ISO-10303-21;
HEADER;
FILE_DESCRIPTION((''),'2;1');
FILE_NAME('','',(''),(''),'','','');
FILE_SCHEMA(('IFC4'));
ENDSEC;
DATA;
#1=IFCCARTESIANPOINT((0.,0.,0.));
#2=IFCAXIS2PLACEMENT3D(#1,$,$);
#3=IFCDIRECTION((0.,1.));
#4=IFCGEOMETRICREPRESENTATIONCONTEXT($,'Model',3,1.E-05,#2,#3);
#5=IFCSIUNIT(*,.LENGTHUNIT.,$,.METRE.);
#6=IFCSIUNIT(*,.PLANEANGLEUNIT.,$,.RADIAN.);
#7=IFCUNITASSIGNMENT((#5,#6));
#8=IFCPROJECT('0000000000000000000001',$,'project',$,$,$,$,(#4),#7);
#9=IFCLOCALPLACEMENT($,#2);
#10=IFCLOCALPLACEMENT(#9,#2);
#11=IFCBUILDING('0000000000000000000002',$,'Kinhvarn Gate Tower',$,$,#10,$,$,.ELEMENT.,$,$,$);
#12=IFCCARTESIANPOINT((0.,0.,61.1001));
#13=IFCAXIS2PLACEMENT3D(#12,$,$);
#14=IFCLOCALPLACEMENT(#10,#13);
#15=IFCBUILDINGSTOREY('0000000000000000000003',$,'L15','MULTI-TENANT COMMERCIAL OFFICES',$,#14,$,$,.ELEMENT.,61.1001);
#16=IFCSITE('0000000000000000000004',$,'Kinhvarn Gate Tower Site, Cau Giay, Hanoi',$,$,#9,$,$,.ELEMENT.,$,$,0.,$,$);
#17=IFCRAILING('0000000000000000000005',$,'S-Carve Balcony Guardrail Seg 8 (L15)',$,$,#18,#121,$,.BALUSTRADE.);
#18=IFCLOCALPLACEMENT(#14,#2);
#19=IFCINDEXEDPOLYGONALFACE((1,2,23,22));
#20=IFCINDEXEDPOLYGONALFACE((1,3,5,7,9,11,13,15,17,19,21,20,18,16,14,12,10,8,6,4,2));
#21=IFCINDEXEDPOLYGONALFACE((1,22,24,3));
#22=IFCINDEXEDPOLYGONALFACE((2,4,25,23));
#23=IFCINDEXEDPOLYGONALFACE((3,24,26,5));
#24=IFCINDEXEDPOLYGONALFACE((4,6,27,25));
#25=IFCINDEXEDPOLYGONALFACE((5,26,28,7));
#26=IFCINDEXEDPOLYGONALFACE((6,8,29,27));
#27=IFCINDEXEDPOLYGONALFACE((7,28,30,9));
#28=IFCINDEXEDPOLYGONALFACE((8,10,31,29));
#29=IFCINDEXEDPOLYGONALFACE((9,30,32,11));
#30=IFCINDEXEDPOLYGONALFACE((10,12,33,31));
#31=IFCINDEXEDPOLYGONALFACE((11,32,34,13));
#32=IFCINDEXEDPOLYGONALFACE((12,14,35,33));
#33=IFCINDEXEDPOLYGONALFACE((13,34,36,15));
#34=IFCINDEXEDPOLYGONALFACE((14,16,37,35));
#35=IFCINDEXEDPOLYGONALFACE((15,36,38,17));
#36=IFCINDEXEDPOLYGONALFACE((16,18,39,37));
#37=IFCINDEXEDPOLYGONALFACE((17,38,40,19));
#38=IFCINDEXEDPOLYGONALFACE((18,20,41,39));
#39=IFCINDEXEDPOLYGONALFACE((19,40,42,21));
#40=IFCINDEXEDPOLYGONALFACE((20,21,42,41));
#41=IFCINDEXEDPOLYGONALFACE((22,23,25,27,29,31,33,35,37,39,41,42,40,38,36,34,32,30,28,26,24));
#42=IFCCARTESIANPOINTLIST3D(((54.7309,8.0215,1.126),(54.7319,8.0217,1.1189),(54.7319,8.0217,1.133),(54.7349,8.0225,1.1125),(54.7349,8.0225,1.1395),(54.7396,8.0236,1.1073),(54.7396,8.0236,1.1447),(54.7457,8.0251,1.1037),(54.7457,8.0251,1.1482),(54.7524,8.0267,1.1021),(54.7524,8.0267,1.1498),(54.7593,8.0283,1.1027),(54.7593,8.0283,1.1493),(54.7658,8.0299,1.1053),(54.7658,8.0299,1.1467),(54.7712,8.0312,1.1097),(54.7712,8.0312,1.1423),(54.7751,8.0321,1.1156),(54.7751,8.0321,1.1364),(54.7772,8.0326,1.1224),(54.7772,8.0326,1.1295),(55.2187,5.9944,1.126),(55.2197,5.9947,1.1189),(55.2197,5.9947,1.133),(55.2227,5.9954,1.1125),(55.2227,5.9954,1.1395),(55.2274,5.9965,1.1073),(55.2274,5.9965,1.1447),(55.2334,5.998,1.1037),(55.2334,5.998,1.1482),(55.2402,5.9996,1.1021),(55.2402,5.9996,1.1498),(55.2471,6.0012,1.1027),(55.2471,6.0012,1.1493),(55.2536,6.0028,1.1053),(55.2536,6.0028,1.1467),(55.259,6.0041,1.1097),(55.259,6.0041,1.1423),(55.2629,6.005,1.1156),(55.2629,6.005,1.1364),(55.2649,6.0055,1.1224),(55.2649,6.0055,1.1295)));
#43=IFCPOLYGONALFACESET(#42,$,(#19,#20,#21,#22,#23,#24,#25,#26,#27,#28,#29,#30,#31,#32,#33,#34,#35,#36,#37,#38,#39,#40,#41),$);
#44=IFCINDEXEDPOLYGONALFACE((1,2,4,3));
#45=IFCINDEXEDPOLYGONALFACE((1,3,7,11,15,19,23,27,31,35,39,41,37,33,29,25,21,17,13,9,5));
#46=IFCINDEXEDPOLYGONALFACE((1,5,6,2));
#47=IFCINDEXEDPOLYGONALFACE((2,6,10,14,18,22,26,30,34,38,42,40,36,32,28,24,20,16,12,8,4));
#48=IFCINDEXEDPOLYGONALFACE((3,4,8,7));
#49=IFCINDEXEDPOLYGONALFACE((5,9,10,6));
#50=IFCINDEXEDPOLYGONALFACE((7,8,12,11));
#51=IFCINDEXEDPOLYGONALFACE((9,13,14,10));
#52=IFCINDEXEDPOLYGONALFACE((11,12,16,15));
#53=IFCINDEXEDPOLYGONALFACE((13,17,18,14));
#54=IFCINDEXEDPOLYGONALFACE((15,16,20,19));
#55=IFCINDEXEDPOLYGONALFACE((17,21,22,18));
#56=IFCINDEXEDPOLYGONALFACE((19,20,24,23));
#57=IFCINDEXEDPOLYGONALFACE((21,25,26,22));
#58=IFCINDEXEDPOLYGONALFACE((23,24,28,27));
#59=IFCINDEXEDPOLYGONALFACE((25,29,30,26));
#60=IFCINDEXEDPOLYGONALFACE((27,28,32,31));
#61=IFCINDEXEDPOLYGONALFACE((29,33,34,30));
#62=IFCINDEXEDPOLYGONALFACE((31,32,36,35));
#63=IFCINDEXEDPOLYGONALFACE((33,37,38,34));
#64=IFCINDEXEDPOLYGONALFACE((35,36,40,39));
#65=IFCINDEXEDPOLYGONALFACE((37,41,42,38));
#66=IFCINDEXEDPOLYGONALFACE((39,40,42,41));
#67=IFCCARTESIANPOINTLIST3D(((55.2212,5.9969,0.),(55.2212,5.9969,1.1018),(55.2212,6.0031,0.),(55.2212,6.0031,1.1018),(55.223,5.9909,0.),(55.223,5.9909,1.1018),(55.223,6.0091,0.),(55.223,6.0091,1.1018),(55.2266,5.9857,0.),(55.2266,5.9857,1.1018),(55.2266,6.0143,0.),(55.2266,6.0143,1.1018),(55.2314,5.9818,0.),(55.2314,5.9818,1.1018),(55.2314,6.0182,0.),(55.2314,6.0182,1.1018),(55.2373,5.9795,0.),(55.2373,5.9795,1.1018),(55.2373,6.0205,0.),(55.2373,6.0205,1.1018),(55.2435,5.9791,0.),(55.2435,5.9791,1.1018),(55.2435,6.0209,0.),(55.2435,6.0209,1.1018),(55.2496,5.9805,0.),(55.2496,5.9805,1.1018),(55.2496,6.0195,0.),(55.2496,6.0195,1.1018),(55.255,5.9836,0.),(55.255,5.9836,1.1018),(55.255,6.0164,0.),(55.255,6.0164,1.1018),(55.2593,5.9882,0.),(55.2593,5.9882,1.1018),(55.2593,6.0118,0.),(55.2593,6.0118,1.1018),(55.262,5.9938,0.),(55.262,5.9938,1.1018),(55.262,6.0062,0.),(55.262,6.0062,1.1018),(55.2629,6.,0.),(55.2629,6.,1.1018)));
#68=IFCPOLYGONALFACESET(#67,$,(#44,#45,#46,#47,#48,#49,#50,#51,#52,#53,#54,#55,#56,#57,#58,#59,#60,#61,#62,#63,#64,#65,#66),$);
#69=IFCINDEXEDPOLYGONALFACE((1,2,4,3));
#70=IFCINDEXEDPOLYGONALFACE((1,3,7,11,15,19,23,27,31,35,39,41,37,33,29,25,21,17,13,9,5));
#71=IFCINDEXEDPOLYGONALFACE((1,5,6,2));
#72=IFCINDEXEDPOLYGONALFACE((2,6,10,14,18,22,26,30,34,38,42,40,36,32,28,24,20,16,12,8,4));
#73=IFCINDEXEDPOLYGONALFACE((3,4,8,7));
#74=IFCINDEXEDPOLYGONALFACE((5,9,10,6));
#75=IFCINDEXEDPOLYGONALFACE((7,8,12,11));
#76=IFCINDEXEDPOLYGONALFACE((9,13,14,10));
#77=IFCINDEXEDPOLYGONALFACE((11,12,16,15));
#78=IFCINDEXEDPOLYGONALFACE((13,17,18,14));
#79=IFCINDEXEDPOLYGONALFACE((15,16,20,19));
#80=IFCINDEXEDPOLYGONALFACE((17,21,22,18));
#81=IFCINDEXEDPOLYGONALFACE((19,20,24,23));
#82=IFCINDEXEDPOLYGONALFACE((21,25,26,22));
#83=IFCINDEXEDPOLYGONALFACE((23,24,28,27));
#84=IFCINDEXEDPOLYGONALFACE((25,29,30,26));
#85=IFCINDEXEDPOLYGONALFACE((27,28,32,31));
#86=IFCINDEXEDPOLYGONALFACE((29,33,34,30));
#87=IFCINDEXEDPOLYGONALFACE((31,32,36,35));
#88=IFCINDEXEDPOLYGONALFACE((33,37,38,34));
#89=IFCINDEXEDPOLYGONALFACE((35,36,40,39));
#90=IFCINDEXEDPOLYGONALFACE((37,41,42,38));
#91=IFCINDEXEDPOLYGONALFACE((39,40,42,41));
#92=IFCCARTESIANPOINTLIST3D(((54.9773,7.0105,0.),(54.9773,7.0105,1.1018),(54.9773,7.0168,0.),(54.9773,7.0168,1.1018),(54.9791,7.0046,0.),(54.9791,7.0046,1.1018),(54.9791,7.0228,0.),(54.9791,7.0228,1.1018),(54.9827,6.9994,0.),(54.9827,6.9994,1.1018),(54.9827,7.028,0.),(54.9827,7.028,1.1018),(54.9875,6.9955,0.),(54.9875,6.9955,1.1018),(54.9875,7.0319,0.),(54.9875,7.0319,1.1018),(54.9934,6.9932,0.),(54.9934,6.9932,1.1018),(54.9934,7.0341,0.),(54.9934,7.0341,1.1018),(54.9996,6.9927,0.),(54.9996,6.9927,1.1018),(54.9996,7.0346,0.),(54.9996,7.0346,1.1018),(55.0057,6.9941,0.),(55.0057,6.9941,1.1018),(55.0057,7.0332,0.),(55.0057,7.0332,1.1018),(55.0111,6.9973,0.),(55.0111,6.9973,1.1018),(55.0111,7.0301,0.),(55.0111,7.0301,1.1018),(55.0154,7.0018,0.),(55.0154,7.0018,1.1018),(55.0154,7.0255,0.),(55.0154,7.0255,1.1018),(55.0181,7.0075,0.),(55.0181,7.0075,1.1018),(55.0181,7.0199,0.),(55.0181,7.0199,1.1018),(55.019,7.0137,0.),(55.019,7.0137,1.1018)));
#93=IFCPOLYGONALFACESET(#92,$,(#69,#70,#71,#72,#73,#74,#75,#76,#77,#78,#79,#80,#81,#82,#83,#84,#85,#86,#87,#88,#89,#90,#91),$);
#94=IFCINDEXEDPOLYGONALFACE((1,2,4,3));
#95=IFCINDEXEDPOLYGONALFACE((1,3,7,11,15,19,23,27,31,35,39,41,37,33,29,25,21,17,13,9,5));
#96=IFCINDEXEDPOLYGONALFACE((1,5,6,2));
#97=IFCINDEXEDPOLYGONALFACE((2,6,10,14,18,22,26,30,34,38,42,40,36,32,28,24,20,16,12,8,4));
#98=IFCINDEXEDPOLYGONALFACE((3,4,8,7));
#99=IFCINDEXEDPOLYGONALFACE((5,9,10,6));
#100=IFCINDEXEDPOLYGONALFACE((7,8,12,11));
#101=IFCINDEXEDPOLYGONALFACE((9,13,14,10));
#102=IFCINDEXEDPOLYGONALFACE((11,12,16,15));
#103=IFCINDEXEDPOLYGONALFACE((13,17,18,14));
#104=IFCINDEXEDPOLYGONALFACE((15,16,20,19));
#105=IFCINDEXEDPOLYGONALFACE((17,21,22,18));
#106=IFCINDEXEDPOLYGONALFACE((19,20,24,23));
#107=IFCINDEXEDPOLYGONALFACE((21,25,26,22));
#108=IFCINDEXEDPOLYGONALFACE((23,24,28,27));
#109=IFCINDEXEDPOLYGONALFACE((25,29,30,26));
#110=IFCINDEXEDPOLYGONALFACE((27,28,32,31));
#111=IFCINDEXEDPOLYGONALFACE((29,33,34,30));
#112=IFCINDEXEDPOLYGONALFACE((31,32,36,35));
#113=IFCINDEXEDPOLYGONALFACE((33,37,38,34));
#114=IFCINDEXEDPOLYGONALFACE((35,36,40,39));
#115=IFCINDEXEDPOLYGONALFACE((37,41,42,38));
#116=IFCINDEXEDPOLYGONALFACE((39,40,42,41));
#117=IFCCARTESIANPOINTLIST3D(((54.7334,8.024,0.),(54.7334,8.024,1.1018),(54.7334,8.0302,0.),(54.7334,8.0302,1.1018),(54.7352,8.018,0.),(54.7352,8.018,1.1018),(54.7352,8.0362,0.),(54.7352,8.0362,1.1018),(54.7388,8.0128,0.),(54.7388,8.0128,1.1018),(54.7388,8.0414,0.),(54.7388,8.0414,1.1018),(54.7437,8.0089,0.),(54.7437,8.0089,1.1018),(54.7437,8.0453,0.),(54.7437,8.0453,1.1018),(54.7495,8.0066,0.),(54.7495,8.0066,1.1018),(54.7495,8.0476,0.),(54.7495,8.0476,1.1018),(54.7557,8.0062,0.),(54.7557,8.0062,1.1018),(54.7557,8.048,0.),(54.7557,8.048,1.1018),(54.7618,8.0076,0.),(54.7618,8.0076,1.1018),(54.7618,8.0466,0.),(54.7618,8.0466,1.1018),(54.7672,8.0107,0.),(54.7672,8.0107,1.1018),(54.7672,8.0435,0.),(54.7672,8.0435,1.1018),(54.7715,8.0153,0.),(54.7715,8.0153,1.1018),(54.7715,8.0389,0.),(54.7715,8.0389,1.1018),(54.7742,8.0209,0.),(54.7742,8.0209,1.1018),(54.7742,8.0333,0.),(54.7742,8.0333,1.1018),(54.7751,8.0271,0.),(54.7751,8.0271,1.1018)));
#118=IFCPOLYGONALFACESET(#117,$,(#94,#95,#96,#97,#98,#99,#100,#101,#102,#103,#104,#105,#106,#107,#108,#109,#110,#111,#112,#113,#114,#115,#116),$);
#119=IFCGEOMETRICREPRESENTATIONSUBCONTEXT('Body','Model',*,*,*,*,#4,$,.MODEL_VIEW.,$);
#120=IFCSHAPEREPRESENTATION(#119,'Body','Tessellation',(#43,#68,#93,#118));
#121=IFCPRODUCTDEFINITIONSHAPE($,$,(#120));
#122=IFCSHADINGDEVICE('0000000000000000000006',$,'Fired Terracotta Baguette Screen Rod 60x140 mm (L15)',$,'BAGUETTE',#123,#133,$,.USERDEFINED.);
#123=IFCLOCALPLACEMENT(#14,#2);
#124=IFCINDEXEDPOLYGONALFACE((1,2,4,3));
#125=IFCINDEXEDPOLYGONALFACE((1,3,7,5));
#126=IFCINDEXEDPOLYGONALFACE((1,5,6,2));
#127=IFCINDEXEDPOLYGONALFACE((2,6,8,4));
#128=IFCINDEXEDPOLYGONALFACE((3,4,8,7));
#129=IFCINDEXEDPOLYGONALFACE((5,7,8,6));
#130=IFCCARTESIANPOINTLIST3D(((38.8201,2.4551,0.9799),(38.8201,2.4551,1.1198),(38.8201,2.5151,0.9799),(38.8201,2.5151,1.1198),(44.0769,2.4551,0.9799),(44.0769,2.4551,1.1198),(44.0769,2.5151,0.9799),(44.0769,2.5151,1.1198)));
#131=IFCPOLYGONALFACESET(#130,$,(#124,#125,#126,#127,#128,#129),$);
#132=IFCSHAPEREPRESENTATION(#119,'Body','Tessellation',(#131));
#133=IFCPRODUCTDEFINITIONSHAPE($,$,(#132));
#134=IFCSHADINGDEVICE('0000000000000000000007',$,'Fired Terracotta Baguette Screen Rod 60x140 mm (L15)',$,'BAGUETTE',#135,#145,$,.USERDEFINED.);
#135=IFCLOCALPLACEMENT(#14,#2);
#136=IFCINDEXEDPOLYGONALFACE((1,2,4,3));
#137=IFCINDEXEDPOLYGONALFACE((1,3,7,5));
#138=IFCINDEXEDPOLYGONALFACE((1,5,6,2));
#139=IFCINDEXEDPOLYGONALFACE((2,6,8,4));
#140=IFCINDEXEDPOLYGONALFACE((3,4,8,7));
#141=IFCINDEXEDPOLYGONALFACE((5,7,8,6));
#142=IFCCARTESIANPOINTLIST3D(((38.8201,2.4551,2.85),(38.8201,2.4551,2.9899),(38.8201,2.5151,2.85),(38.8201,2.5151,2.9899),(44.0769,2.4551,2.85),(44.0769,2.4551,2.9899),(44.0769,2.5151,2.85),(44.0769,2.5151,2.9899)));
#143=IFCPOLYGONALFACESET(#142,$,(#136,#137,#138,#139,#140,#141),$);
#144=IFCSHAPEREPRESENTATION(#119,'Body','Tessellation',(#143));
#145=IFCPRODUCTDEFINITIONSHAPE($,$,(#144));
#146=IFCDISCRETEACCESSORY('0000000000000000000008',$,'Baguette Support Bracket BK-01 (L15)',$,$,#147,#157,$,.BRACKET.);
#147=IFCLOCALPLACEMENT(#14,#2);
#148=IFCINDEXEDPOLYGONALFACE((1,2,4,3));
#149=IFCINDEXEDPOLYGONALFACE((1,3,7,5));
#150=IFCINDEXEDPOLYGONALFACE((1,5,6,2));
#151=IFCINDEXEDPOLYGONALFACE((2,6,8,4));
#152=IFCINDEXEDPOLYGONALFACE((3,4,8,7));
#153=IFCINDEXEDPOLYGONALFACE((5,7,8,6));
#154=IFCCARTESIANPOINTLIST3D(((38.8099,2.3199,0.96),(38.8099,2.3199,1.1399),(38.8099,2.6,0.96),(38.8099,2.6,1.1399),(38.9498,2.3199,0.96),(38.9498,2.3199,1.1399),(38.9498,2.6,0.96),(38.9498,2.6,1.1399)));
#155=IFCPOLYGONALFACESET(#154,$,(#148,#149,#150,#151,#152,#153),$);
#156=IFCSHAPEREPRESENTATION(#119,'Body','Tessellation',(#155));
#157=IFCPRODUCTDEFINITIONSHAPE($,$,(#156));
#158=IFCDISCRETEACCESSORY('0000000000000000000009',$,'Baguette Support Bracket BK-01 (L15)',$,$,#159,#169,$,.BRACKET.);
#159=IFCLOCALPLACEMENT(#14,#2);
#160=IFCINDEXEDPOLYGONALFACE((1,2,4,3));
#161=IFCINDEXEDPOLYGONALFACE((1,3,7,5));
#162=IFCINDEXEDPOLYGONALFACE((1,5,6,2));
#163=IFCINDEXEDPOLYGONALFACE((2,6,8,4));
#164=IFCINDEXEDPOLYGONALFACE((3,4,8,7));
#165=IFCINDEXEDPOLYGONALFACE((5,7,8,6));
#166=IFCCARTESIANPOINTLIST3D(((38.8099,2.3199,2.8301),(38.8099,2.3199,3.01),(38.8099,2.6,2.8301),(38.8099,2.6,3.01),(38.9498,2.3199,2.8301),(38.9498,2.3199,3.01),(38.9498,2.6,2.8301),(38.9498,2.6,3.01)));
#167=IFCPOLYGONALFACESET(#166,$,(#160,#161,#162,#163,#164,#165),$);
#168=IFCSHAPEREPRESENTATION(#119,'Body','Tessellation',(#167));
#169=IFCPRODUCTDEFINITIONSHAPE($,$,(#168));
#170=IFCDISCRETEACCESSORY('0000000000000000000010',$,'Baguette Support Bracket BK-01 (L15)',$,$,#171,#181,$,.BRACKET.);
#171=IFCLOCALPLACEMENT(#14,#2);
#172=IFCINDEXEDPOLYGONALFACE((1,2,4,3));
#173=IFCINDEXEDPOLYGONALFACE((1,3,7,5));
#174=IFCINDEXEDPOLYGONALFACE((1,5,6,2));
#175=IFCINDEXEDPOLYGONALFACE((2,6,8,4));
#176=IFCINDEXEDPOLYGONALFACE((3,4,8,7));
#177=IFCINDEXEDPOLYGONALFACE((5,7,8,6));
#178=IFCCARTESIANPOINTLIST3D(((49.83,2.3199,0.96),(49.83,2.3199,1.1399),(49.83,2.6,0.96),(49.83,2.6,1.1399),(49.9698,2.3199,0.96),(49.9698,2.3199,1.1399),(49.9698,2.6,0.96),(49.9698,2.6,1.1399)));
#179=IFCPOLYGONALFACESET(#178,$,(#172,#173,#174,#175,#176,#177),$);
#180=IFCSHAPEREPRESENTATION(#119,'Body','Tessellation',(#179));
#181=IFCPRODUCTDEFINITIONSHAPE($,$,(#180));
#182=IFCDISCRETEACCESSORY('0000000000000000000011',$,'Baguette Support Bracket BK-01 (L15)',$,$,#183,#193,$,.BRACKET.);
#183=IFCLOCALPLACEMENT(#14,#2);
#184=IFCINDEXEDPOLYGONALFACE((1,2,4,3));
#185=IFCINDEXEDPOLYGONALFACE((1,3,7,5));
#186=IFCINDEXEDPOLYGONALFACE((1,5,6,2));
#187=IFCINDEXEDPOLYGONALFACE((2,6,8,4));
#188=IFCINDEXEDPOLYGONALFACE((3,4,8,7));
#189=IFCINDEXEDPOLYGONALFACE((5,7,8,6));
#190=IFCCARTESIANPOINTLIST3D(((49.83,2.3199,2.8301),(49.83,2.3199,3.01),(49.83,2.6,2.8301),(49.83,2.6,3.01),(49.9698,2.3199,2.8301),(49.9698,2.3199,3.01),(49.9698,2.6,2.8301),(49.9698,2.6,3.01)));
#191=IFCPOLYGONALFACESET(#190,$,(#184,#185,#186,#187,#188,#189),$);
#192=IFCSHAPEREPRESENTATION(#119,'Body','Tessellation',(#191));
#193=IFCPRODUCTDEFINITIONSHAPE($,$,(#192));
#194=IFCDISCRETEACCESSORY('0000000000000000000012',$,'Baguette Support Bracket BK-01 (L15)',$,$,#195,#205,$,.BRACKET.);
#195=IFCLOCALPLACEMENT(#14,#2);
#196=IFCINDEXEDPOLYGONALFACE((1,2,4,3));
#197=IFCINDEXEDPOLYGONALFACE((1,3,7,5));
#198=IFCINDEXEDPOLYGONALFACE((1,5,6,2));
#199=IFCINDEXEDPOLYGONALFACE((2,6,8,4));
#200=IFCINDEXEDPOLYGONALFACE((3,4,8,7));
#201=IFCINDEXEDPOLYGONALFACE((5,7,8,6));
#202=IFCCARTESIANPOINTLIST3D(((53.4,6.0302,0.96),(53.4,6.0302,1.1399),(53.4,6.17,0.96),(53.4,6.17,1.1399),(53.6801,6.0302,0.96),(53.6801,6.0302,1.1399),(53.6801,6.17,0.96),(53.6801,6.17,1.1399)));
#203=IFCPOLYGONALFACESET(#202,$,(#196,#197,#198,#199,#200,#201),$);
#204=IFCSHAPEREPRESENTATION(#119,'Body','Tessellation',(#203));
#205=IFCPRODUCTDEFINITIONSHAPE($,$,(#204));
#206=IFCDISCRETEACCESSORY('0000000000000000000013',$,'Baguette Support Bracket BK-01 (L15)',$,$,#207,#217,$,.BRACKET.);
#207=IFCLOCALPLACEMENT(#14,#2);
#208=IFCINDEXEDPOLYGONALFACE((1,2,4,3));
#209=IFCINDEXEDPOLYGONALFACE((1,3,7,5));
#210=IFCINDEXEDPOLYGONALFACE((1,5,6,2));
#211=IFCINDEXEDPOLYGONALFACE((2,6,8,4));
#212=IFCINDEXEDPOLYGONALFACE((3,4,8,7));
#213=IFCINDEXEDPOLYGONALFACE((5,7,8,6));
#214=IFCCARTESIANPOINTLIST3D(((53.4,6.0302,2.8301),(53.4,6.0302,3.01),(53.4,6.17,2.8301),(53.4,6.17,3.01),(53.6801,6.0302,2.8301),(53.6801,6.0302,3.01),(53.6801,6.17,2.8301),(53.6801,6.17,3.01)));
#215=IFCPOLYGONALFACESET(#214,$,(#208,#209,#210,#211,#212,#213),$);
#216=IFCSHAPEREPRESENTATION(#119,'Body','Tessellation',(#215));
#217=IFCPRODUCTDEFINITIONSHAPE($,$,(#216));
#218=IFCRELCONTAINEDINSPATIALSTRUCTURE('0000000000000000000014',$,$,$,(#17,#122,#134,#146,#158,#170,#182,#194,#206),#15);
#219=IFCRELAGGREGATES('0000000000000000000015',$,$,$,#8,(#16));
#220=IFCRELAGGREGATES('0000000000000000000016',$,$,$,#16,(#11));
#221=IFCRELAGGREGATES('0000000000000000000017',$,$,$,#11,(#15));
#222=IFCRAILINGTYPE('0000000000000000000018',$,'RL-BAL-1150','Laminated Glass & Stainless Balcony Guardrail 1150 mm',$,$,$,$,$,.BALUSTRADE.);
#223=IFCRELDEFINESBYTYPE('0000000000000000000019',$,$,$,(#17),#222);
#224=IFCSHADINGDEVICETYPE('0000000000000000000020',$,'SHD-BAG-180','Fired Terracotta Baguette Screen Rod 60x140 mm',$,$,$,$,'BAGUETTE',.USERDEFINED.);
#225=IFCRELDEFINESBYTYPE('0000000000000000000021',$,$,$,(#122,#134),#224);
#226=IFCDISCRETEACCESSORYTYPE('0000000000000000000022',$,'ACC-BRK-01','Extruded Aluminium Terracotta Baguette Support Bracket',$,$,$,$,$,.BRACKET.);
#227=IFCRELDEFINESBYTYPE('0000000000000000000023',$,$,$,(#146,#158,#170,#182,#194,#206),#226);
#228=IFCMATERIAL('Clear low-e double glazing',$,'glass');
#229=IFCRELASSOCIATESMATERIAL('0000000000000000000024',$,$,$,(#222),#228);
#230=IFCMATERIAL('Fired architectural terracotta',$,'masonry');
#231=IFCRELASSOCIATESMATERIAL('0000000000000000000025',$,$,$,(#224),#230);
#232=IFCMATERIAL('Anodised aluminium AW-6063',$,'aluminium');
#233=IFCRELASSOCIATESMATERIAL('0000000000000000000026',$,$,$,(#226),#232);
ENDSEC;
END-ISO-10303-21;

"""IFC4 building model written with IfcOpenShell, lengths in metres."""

from ifc_helpers import new_model, si_unit, direction, frame, origin, origin_2d, place, context, subcontext, project, spatial, rectangle, circle, extrude, material, material_profile, profile_set, type_object, element, save


model = new_model("IFC4")

# Units and contexts
model_context = context("Model", 3, precision=1e-05, world=origin(), true_north=direction((0.0, 1.0)))
body_context = subcontext(model_context, "Body", "Model", "MODEL_VIEW")
ifc_project = project(units=[si_unit("LENGTHUNIT", "METRE"), si_unit("PLANEANGLEUNIT", "RADIAN")], contexts=[model_context])

# Site, building, storey
site_placement = place(None, origin())
site = spatial("IfcSite", under=ifc_project, at=site_placement, Name="Kinhvarn Gate Tower Site, Cau Giay, Hanoi", CompositionType="ELEMENT", RefElevation=0.0)
building_placement = place(site_placement, origin())
building = spatial("IfcBuilding", under=site, at=building_placement, Name="Kinhvarn Gate Tower", CompositionType="ELEMENT")
storey_placement = place(building_placement, frame((0.0, 0.0, 61.1001)))
storey = spatial("IfcBuildingStorey", under=building, at=storey_placement, Name="L15", Description="MULTI-TENANT COMMERCIAL OFFICES", CompositionType="ELEMENT", Elevation=61.1001)

# Shared definitions
ifc_material_1 = material(Name="Anodised aluminium AW-6063", Category="aluminium")

# Shared definitions
ifc_material_2 = material(Name="Clear low-e double glazing", Category="glass")

# Shared definitions
ifc_material_3 = material(Name="Fired architectural terracotta", Category="masonry")

# Railing
railing_type = type_object("IfcRailingType", Name="RL-BAL-1150", Description="Laminated Glass & Stainless Balcony Guardrail 1150 mm", PredefinedType="BALUSTRADE", material=ifc_material_2)
railing_1_placement = place(storey_placement, frame((55.2419, 6.0, 0.0)))
element("IfcRailing", 1, at=railing_1_placement, inside=storey, type_object=railing_type, Name="S-Carve Balcony Guardrail Seg 8 (L15)", PredefinedType="BALUSTRADE", context=body_context, shape_type="SweptSolid", body=[
    extrude(circle(Radius=0.0239, at=origin_2d()), frame((0.0, 0.0, 1.126), z_axis=(-0.233958, 0.972247, 0.0), x_axis=(-0.972247, -0.233958, 0.0)), (0.0, 0.0, 1.0), 2.085),
    extrude(circle(Radius=0.021, at=origin_2d()), origin(), (0.0, 0.0, 1.0), 1.1018),
    extrude(circle(Radius=0.021, at=origin_2d()), frame((-0.2439, 1.0137, 0.0)), (0.0, 0.0, 1.0), 1.1018),
    extrude(circle(Radius=0.021, at=origin_2d()), frame((-0.4878, 2.0271, 0.0)), (0.0, 0.0, 1.0), 1.1018),
])

# Shading devices
ifc_material_profile_1 = material_profile(ifc_material_3, rectangle(XDim=0.0601, YDim=0.1399, at=origin_2d()), Name="TC 60x140")
ifc_profile_set_1 = profile_set([ifc_material_profile_1], Name="Fired architectural terracotta")
shading_device_type = type_object("IfcShadingDeviceType", Name="SHD-BAG-180", Description="Fired Terracotta Baguette Screen Rod 60x140 mm", ElementType="BAGUETTE", PredefinedType="USERDEFINED", material=ifc_profile_set_1)
for number, where, z_axis, x_axis, name in (
    (2, (38.8201, 2.4851, 1.0498), (1.0, 0.0, 0.0), (0.0, 1.0, 0.0), "Fired Terracotta Baguette Screen Rod 60x140 mm (L15)"),
    (3, (38.8201, 2.4851, 2.9199), (1.0, 0.0, 0.0), (0.0, 1.0, 0.0), "Fired Terracotta Baguette Screen Rod 60x140 mm (L15)"),
):
    element("IfcShadingDevice", number, at=place(storey_placement, frame(where, z_axis=z_axis, x_axis=x_axis)), inside=storey, type_object=shading_device_type, Name=name, ObjectType="BAGUETTE", PredefinedType="USERDEFINED", context=body_context, shape_type="SweptSolid", body=[
        extrude(rectangle(XDim=0.0601, YDim=0.1399, at=origin_2d()), origin(), (0.0, 0.0, 1.0), 5.2568),
    ])

# Discrete accessories
discrete_accessory_type = type_object("IfcDiscreteAccessoryType", Name="ACC-BRK-01", Description="Extruded Aluminium Terracotta Baguette Support Bracket", PredefinedType="BRACKET", material=ifc_material_1)
for number, where, z_axis, x_axis, name in (
    (4, (38.8799, 2.46, 0.96), (0.0, 0.0, 1.0), (1.0, 0.0, 0.0), "Baguette Support Bracket BK-01 (L15)"),
    (5, (38.8799, 2.46, 2.8301), (0.0, 0.0, 1.0), (1.0, 0.0, 0.0), "Baguette Support Bracket BK-01 (L15)"),
    (6, (49.8999, 2.46, 0.96), (0.0, 0.0, 1.0), (1.0, 0.0, 0.0), "Baguette Support Bracket BK-01 (L15)"),
    (7, (49.8999, 2.46, 2.8301), (0.0, 0.0, 1.0), (1.0, 0.0, 0.0), "Baguette Support Bracket BK-01 (L15)"),
    (8, (53.54, 6.1001, 0.96), (0.0, 0.0, 1.0), (0.0, 1.0, 0.0), "Baguette Support Bracket BK-01 (L15)"),
    (9, (53.54, 6.1001, 2.8301), (0.0, 0.0, 1.0), (0.0, 1.0, 0.0), "Baguette Support Bracket BK-01 (L15)"),
):
    element("IfcDiscreteAccessory", number, at=place(storey_placement, frame(where, z_axis=z_axis, x_axis=x_axis)), inside=storey, type_object=discrete_accessory_type, Name=name, PredefinedType="BRACKET", context=body_context, shape_type="SweptSolid", body=[
        extrude(rectangle(XDim=0.1399, YDim=0.28, at=origin_2d()), origin(), (0.0, 0.0, 1.0), 0.1799),
    ])

save(model, "model.ifc")
